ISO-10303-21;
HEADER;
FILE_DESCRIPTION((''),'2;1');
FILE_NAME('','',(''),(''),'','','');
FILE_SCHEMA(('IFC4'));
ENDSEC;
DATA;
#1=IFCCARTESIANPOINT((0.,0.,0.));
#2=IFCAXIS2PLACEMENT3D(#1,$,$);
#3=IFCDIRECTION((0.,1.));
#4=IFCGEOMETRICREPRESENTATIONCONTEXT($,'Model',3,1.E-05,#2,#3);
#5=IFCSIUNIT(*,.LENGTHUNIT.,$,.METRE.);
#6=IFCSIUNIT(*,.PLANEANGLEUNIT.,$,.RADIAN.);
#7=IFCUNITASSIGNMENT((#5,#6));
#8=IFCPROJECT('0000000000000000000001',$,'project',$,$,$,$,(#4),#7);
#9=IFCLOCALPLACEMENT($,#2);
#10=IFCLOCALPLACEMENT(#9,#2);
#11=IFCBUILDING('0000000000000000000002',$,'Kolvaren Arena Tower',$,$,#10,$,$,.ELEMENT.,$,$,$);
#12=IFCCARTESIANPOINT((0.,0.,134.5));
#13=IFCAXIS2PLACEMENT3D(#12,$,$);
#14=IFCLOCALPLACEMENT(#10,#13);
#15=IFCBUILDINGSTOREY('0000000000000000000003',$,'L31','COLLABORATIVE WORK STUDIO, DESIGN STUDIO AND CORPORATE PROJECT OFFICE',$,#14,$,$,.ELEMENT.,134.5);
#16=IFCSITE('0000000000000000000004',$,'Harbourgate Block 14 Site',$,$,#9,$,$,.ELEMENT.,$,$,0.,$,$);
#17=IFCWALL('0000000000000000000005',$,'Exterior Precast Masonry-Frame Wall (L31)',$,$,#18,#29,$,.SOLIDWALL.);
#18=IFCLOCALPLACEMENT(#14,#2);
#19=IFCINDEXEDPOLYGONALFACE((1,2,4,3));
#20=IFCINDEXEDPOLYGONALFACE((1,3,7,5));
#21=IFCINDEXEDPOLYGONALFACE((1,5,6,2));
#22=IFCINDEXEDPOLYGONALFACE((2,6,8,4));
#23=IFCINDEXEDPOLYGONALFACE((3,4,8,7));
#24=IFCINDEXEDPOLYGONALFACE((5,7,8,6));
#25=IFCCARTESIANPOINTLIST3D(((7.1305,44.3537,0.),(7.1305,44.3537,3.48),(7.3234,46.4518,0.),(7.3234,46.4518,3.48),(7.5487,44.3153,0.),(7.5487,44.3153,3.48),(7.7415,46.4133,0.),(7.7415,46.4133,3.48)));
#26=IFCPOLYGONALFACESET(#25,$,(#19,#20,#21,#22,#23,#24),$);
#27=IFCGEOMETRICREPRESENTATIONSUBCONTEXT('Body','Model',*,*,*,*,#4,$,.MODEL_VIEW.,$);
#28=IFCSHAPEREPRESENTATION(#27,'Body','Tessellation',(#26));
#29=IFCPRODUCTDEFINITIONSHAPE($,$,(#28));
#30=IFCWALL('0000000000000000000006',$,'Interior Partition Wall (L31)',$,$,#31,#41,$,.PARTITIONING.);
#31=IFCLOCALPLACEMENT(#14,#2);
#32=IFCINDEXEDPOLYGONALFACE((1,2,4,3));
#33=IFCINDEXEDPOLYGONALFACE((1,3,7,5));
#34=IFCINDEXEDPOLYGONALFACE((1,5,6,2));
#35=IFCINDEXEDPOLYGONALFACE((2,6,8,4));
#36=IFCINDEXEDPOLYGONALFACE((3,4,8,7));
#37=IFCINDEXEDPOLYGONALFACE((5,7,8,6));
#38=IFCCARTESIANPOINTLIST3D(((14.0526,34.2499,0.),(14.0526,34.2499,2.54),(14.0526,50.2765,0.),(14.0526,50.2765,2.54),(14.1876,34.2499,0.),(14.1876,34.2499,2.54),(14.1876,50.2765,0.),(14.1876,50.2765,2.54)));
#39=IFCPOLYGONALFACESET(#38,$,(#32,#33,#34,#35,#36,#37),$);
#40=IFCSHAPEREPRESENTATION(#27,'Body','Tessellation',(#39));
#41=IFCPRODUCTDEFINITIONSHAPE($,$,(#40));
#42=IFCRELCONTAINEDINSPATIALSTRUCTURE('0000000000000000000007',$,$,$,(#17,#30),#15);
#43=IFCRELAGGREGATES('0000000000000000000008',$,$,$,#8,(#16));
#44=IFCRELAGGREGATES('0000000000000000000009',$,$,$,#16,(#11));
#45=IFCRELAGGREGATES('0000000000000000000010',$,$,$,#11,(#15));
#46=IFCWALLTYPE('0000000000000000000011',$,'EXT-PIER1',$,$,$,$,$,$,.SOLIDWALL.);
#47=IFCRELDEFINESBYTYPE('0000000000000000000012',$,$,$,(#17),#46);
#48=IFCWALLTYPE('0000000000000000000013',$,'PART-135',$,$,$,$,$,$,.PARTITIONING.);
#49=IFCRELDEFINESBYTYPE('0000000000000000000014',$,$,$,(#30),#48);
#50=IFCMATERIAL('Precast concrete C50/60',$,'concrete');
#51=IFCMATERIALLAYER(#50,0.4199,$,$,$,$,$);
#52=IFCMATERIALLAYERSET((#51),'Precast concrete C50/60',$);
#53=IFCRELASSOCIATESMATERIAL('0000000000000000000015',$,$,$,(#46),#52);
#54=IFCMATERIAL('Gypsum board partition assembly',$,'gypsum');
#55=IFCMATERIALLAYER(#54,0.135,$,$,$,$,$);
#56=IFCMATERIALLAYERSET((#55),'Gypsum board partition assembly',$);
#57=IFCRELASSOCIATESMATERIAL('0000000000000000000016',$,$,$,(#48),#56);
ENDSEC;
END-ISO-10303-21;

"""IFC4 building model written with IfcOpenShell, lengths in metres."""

from ifc_helpers import new_model, si_unit, direction, frame, frame_2d, origin, place, context, subcontext, project, spatial, rectangle, extrude, material, layer, layer_set, type_object, element, save


model = new_model("IFC4")

# Units and contexts
model_context = context("Model", 3, precision=1e-05, world=origin(), true_north=direction((0.0, 1.0)))
body_context = subcontext(model_context, "Body", "Model", "MODEL_VIEW")
ifc_project = project(units=[si_unit("LENGTHUNIT", "METRE"), si_unit("PLANEANGLEUNIT", "RADIAN")], contexts=[model_context])

# Site, building, storey
site_placement = place(None, origin())
site = spatial("IfcSite", under=ifc_project, at=site_placement, Name="Harbourgate Block 14 Site", CompositionType="ELEMENT", RefElevation=0.0)
building_placement = place(site_placement, origin())
building = spatial("IfcBuilding", under=site, at=building_placement, Name="Kolvaren Arena Tower", CompositionType="ELEMENT")
storey_placement = place(building_placement, frame((0.0, 0.0, 134.5)))
storey = spatial("IfcBuildingStorey", under=building, at=storey_placement, Name="L31", Description="COLLABORATIVE WORK STUDIO, DESIGN STUDIO AND CORPORATE PROJECT OFFICE", CompositionType="ELEMENT", Elevation=134.5)

# Shared definitions
ifc_material_1 = material(Name="Precast concrete C50/60", Category="concrete")
ifc_layer_1 = layer(ifc_material_1, 0.4199)
ifc_layer_set_1 = layer_set([ifc_layer_1], Name="Precast concrete C50/60")
wall_type_1 = type_object("IfcWallType", Name="EXT-PIER1", PredefinedType="SOLIDWALL", material=ifc_layer_set_1)

# Walls
wall_1_placement = place(storey_placement, frame((7.3396, 44.3345, 0.0), z_axis=(0.0, 0.0, 1.0), x_axis=(0.091539, 0.995802, 0.0)))
element("IfcWall", 1, at=wall_1_placement, inside=storey, type_object=wall_type_1, Name="Exterior Precast Masonry-Frame Wall (L31)", PredefinedType="SOLIDWALL", context=body_context, shape_type="SweptSolid", body=[
    extrude(rectangle(XDim=2.1069, YDim=0.4199, at=frame_2d((1.0535, 0.0))), origin(), (0.0, 0.0, 1.0), 3.48),
])
ifc_material_2 = material(Name="Gypsum board partition assembly", Category="gypsum")
ifc_layer_2 = layer(ifc_material_2, 0.135)
ifc_layer_set_2 = layer_set([ifc_layer_2], Name="Gypsum board partition assembly")
wall_type_2 = type_object("IfcWallType", Name="PART-135", PredefinedType="PARTITIONING", material=ifc_layer_set_2)
wall_2_placement = place(storey_placement, frame((14.1201, 34.25, 0.0), z_axis=(0.0, 0.0, 1.0), x_axis=(0.0, 1.0, 0.0)))
element("IfcWall", 2, at=wall_2_placement, inside=storey, type_object=wall_type_2, Name="Interior Partition Wall (L31)", PredefinedType="PARTITIONING", context=body_context, shape_type="SweptSolid", body=[
    extrude(rectangle(XDim=16.0266, YDim=0.135, at=frame_2d((8.0132, 0.0))), origin(), (0.0, 0.0, 1.0), 2.54),
])

save(model, "model.ifc")
